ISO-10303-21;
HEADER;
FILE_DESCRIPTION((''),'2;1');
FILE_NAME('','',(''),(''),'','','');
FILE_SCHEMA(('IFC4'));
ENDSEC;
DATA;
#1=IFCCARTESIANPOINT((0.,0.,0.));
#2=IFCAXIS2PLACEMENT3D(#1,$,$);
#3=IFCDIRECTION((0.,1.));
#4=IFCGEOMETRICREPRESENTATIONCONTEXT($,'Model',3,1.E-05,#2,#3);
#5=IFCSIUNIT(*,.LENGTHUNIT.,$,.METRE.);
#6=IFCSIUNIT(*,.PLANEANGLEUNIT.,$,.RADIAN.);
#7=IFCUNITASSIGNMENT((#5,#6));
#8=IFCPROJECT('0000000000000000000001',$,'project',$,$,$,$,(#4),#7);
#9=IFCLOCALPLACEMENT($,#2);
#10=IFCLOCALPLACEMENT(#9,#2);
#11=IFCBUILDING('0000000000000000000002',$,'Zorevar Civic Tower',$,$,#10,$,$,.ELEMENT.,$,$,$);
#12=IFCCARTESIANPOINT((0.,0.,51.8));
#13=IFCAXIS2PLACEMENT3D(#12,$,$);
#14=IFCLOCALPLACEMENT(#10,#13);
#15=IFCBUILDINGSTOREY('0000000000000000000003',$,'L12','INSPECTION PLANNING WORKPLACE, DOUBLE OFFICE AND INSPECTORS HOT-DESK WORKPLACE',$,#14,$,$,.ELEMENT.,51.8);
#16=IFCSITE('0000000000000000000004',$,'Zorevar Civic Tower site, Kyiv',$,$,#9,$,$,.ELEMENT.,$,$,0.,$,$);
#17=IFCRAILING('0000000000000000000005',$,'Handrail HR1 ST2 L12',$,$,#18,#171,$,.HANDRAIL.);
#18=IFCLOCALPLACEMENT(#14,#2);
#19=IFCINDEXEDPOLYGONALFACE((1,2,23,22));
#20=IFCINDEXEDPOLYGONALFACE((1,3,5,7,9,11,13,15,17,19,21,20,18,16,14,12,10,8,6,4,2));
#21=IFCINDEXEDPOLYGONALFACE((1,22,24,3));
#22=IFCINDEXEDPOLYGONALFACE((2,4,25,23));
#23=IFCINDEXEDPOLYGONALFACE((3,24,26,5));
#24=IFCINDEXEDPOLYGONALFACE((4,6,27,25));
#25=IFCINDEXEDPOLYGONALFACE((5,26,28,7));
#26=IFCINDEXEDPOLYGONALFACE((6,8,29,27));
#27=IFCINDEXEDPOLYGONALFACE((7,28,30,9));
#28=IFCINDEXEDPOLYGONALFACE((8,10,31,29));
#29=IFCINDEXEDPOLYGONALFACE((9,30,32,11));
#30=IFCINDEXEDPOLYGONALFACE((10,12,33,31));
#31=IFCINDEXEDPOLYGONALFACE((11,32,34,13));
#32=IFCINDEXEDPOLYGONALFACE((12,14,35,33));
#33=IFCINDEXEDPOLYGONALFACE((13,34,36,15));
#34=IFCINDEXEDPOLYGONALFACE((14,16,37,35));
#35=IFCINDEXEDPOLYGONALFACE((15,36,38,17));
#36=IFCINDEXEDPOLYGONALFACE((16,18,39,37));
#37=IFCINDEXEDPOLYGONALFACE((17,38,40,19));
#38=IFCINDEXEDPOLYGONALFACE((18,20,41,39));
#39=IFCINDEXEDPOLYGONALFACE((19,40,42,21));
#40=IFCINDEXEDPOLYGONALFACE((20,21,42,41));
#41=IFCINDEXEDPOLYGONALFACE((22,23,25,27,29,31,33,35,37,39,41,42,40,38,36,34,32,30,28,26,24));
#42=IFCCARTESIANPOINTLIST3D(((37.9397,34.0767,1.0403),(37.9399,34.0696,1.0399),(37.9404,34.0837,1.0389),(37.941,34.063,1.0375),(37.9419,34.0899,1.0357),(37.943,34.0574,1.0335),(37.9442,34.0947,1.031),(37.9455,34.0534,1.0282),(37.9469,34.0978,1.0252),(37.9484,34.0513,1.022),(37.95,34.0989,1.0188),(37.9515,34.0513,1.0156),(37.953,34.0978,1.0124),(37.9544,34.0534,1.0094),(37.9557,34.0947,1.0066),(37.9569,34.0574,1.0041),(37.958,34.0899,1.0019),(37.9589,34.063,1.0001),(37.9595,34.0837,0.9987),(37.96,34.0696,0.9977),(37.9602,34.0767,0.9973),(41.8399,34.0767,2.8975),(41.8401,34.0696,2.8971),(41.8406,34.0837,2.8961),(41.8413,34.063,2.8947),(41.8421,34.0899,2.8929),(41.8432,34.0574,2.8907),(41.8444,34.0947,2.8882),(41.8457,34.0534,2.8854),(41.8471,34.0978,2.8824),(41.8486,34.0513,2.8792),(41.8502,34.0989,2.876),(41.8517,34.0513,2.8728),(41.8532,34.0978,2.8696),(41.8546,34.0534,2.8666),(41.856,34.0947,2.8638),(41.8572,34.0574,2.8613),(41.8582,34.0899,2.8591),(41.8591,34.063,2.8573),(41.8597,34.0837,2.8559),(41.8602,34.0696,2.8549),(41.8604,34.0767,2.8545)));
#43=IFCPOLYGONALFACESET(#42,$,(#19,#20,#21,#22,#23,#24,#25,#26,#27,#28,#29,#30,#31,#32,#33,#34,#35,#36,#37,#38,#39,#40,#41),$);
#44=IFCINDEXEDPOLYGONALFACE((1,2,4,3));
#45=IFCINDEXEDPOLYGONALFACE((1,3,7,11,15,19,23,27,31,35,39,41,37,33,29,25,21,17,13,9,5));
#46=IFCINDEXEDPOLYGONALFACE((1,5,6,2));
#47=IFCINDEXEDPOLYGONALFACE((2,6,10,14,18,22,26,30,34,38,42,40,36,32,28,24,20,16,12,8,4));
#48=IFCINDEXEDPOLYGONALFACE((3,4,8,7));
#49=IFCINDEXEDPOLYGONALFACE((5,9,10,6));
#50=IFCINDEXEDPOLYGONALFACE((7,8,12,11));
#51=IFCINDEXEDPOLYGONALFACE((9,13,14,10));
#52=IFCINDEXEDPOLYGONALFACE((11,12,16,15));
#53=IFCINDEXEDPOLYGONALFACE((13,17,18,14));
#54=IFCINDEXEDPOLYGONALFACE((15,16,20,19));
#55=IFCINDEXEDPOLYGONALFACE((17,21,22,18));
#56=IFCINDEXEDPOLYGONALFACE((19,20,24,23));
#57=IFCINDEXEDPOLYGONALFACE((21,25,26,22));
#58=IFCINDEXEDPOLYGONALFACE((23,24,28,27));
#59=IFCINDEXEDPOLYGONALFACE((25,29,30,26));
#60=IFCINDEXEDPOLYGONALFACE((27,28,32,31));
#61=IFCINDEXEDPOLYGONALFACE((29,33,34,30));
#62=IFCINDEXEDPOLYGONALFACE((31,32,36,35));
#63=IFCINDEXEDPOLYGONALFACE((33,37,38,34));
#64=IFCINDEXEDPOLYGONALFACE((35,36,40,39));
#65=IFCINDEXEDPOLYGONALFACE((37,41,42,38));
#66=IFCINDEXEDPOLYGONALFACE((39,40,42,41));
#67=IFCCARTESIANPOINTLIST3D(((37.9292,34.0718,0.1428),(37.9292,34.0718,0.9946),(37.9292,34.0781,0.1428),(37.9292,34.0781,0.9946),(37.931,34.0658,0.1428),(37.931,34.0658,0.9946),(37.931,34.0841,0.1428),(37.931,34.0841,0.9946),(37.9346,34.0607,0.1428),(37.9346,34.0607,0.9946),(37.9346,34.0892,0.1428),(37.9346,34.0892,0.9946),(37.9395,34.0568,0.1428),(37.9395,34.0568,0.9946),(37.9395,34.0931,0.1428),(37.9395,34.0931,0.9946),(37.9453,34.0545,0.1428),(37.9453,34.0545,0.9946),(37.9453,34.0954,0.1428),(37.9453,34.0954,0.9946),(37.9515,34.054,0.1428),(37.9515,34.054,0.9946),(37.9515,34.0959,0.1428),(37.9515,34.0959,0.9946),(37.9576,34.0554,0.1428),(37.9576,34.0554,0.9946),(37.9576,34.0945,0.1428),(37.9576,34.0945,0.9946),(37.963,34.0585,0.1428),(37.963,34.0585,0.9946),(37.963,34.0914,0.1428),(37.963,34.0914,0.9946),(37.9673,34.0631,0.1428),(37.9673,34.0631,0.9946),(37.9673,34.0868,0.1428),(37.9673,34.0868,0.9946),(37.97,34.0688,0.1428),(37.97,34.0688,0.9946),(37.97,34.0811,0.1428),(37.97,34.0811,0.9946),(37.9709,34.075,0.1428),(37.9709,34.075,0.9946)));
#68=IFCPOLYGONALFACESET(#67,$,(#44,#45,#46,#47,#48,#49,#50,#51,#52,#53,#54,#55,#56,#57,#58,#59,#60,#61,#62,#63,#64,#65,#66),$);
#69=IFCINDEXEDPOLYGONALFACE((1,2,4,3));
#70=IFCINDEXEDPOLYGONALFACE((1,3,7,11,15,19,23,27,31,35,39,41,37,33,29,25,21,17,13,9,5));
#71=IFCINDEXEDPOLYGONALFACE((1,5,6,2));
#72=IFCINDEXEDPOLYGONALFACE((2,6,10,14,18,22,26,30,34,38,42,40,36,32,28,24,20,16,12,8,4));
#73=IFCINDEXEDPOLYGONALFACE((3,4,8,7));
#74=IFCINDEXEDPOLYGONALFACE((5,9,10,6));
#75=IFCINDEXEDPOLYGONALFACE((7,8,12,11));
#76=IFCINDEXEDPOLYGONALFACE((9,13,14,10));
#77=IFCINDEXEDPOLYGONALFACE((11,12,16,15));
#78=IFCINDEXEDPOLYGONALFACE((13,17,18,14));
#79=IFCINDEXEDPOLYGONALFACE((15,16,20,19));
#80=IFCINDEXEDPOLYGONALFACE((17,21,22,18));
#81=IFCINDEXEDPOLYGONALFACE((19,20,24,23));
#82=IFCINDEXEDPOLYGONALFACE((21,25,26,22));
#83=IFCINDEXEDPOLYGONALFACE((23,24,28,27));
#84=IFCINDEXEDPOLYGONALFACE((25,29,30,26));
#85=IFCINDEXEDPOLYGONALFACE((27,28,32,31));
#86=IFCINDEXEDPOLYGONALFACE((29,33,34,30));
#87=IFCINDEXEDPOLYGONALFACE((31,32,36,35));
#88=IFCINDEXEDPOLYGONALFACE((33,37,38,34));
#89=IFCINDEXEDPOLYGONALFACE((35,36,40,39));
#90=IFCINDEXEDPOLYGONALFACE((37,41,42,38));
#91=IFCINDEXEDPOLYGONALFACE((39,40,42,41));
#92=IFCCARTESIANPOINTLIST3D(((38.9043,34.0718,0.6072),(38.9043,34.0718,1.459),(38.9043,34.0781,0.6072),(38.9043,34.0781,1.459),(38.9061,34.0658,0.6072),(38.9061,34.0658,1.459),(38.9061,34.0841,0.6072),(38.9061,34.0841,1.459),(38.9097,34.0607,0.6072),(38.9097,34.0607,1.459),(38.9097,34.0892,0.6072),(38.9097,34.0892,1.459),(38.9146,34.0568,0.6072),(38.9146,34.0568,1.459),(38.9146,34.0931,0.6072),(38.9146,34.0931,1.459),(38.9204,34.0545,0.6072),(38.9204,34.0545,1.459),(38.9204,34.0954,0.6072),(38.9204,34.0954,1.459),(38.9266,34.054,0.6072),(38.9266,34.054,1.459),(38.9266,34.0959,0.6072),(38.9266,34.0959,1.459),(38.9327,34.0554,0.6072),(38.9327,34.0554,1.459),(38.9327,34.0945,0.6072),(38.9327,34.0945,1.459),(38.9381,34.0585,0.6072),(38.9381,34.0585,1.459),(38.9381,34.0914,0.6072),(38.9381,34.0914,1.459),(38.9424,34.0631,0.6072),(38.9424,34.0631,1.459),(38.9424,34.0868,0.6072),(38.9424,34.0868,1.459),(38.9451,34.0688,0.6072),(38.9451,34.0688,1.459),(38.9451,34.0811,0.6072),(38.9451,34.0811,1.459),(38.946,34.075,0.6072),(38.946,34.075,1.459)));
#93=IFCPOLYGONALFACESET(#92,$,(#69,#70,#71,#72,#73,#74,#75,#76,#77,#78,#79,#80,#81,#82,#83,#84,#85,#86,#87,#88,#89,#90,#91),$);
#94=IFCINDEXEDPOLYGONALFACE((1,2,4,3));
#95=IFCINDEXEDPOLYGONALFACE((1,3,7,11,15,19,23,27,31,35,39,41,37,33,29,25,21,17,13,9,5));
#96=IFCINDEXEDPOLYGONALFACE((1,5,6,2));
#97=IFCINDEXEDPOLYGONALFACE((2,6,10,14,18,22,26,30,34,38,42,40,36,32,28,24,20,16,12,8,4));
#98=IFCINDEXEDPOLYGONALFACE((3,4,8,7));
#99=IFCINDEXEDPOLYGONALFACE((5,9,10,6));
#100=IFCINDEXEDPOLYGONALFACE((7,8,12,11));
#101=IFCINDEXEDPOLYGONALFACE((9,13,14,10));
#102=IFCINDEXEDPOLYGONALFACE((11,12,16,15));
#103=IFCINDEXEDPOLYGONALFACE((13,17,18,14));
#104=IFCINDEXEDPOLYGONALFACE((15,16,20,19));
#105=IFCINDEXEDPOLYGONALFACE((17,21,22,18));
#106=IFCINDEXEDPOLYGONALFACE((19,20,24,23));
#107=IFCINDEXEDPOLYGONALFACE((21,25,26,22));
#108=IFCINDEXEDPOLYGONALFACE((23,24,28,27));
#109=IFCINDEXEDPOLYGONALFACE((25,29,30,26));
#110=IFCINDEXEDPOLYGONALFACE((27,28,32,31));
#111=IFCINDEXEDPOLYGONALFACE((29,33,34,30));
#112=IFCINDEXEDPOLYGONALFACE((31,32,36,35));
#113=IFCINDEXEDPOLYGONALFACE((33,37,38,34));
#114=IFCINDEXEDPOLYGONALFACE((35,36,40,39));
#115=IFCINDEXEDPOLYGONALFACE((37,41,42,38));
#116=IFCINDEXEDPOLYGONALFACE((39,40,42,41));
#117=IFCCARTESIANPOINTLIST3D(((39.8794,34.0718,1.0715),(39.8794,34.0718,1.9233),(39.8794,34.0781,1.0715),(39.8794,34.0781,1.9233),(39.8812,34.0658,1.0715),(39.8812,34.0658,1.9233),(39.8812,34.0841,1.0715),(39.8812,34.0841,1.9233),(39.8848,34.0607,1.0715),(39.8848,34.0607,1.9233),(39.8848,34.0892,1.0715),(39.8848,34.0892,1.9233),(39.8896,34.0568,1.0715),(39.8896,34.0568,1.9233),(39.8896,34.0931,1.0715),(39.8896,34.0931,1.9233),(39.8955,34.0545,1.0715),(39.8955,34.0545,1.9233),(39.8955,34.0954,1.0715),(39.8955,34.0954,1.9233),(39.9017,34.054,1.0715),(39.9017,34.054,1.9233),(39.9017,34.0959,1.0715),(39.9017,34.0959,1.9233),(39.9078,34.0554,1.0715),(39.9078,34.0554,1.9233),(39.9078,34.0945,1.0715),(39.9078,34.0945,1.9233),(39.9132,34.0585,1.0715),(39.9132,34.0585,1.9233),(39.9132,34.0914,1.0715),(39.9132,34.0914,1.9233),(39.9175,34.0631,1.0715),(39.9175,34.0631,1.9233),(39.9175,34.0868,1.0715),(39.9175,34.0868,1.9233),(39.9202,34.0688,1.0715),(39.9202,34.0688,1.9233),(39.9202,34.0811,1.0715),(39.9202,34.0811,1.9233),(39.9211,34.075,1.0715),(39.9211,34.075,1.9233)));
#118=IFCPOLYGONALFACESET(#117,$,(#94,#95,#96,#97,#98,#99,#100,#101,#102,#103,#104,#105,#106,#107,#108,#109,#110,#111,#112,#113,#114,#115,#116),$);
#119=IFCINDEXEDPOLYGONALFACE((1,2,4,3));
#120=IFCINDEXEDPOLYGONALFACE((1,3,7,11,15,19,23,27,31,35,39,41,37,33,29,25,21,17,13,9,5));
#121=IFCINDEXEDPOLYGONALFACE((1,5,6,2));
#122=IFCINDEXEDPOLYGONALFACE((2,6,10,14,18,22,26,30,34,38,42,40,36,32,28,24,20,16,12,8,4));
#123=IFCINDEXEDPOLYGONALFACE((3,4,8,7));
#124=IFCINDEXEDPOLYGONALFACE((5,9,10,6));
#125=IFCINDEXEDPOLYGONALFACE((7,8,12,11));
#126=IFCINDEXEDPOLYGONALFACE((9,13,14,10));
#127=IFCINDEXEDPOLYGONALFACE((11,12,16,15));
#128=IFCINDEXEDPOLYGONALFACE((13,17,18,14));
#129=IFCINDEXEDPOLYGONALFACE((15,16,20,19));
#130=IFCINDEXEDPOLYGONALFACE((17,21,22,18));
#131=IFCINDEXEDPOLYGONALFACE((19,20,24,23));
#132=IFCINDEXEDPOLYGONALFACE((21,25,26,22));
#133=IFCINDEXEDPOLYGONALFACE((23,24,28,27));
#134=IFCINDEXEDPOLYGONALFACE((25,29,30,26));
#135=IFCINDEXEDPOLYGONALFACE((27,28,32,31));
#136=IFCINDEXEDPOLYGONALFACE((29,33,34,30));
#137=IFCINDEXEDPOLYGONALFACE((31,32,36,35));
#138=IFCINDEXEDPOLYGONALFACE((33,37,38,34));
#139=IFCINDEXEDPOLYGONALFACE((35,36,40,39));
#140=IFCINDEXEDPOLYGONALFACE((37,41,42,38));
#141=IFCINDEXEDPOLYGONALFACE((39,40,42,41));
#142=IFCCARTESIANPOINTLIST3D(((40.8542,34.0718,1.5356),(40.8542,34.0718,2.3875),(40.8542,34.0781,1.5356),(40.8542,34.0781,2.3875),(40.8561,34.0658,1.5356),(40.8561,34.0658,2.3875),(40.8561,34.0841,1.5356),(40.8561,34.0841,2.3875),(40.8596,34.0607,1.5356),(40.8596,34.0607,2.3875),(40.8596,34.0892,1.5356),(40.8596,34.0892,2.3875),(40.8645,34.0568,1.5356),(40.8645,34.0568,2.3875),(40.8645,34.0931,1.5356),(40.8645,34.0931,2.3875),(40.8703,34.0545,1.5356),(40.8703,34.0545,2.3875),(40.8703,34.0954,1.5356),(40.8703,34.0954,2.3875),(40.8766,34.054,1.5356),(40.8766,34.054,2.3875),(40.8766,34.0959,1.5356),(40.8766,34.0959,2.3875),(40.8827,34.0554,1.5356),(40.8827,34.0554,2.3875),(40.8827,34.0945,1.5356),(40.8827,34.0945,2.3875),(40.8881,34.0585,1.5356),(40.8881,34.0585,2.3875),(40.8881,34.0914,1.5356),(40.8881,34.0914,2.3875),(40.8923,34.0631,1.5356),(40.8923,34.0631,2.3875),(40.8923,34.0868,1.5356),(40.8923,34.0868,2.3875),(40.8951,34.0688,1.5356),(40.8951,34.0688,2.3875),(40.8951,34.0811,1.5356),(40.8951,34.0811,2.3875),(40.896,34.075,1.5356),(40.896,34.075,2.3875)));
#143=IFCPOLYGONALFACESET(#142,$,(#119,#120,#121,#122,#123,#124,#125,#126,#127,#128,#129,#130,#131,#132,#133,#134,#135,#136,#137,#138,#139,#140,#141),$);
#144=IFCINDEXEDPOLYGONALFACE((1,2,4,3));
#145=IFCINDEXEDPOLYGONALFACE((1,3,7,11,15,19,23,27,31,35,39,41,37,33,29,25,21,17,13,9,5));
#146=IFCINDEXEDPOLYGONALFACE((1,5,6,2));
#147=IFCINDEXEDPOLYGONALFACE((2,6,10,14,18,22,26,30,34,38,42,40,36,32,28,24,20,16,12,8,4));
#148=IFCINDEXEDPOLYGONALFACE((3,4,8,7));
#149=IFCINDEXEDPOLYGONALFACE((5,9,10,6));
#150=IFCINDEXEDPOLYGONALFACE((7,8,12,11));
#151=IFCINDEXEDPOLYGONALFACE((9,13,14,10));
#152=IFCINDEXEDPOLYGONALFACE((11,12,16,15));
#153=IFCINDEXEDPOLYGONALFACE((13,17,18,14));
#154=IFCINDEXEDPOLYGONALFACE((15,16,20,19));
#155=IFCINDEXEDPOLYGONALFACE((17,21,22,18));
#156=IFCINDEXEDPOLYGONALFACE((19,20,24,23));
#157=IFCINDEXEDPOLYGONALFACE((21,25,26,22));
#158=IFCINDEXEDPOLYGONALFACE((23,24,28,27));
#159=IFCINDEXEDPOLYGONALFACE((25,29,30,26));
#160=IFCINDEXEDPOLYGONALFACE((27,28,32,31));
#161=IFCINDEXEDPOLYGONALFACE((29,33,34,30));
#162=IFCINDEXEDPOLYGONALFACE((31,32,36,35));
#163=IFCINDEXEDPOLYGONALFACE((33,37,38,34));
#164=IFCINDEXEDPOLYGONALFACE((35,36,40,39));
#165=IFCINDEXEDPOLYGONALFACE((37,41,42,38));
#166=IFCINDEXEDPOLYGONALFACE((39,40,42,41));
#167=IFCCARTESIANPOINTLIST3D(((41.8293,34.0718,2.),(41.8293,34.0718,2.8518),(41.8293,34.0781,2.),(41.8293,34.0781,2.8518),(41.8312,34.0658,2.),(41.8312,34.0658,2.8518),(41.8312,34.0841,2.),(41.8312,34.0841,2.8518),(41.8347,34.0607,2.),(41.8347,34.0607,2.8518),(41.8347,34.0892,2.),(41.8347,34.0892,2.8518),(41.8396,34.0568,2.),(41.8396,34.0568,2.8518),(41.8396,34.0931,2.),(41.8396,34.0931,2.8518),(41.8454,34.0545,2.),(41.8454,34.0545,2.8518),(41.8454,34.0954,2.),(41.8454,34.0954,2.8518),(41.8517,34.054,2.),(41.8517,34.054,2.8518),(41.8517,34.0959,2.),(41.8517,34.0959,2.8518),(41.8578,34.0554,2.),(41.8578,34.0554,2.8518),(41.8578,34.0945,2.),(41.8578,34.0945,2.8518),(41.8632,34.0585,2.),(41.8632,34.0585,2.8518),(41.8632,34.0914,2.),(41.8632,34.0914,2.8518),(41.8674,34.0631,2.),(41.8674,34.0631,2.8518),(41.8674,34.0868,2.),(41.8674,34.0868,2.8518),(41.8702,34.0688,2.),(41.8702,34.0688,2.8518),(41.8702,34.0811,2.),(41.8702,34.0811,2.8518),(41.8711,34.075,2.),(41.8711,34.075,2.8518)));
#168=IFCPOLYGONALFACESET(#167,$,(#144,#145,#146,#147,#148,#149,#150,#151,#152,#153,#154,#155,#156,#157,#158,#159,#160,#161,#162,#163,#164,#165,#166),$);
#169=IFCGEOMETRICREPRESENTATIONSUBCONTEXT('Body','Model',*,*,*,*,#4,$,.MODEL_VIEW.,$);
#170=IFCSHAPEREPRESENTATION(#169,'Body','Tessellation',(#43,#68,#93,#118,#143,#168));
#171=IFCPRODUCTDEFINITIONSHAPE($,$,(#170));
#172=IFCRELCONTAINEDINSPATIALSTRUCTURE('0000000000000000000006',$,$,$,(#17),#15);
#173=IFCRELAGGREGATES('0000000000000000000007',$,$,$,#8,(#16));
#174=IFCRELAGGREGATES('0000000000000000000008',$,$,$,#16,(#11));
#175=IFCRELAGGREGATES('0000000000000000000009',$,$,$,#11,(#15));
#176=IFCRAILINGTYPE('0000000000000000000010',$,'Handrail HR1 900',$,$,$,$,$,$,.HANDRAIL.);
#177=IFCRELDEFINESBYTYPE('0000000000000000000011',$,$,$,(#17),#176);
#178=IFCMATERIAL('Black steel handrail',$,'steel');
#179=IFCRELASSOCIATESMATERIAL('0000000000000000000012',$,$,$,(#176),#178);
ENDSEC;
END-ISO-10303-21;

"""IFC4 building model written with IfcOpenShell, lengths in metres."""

from ifc_helpers import new_model, si_unit, direction, frame, origin, origin_2d, place, context, subcontext, project, spatial, circle, extrude, material, type_object, element, save


model = new_model("IFC4")

# Units and contexts
model_context = context("Model", 3, precision=1e-05, world=origin(), true_north=direction((0.0, 1.0)))
body_context = subcontext(model_context, "Body", "Model", "MODEL_VIEW")
ifc_project = project(units=[si_unit("LENGTHUNIT", "METRE"), si_unit("PLANEANGLEUNIT", "RADIAN")], contexts=[model_context])

# Site, building, storey
site_placement = place(None, origin())
site = spatial("IfcSite", under=ifc_project, at=site_placement, Name="Zorevar Civic Tower site, Kyiv", CompositionType="ELEMENT", RefElevation=0.0)
building_placement = place(site_placement, origin())
building = spatial("IfcBuilding", under=site, at=building_placement, Name="Zorevar Civic Tower", CompositionType="ELEMENT")
storey_placement = place(building_placement, frame((0.0, 0.0, 51.8)))
storey = spatial("IfcBuildingStorey", under=building, at=storey_placement, Name="L12", Description="INSPECTION PLANNING WORKPLACE, DOUBLE OFFICE AND INSPECTORS HOT-DESK WORKPLACE", CompositionType="ELEMENT", Elevation=51.8)

# Railing
ifc_material_1 = material(Name="Black steel handrail", Category="steel")
railing_type = type_object("IfcRailingType", Name="Handrail HR1 900", PredefinedType="HANDRAIL", material=ifc_material_1)
railing_1_placement = place(storey_placement, frame((37.95, 34.075, 0.1428)))
element("IfcRailing", 1, at=railing_1_placement, inside=storey, type_object=railing_type, Name="Handrail HR1 ST2 L12", PredefinedType="HANDRAIL", context=body_context, shape_type="SweptSolid", body=[
    extrude(circle(Radius=0.0239, at=origin_2d()), frame((0.0, 0.0, 0.876), z_axis=(0.902864, 0.0, 0.429927), x_axis=(0.0, 1.0, 0.0)), (0.0, 0.0, 1.0), 4.3198),
    extrude(circle(Radius=0.021, at=origin_2d()), origin(), (0.0, 0.0, 1.0), 0.8518),
    extrude(circle(Radius=0.021, at=origin_2d()), frame((0.9751, 0.0, 0.4644)), (0.0, 0.0, 1.0), 0.8518),
    extrude(circle(Radius=0.021, at=origin_2d()), frame((1.9502, 0.0, 0.9287)), (0.0, 0.0, 1.0), 0.8518),
    extrude(circle(Radius=0.021, at=origin_2d()), frame((2.925, 0.0, 1.3928)), (0.0, 0.0, 1.0), 0.8518),
    extrude(circle(Radius=0.021, at=origin_2d()), frame((3.9001, 0.0, 1.8572)), (0.0, 0.0, 1.0), 0.8518),
])

save(model, "model.ifc")
